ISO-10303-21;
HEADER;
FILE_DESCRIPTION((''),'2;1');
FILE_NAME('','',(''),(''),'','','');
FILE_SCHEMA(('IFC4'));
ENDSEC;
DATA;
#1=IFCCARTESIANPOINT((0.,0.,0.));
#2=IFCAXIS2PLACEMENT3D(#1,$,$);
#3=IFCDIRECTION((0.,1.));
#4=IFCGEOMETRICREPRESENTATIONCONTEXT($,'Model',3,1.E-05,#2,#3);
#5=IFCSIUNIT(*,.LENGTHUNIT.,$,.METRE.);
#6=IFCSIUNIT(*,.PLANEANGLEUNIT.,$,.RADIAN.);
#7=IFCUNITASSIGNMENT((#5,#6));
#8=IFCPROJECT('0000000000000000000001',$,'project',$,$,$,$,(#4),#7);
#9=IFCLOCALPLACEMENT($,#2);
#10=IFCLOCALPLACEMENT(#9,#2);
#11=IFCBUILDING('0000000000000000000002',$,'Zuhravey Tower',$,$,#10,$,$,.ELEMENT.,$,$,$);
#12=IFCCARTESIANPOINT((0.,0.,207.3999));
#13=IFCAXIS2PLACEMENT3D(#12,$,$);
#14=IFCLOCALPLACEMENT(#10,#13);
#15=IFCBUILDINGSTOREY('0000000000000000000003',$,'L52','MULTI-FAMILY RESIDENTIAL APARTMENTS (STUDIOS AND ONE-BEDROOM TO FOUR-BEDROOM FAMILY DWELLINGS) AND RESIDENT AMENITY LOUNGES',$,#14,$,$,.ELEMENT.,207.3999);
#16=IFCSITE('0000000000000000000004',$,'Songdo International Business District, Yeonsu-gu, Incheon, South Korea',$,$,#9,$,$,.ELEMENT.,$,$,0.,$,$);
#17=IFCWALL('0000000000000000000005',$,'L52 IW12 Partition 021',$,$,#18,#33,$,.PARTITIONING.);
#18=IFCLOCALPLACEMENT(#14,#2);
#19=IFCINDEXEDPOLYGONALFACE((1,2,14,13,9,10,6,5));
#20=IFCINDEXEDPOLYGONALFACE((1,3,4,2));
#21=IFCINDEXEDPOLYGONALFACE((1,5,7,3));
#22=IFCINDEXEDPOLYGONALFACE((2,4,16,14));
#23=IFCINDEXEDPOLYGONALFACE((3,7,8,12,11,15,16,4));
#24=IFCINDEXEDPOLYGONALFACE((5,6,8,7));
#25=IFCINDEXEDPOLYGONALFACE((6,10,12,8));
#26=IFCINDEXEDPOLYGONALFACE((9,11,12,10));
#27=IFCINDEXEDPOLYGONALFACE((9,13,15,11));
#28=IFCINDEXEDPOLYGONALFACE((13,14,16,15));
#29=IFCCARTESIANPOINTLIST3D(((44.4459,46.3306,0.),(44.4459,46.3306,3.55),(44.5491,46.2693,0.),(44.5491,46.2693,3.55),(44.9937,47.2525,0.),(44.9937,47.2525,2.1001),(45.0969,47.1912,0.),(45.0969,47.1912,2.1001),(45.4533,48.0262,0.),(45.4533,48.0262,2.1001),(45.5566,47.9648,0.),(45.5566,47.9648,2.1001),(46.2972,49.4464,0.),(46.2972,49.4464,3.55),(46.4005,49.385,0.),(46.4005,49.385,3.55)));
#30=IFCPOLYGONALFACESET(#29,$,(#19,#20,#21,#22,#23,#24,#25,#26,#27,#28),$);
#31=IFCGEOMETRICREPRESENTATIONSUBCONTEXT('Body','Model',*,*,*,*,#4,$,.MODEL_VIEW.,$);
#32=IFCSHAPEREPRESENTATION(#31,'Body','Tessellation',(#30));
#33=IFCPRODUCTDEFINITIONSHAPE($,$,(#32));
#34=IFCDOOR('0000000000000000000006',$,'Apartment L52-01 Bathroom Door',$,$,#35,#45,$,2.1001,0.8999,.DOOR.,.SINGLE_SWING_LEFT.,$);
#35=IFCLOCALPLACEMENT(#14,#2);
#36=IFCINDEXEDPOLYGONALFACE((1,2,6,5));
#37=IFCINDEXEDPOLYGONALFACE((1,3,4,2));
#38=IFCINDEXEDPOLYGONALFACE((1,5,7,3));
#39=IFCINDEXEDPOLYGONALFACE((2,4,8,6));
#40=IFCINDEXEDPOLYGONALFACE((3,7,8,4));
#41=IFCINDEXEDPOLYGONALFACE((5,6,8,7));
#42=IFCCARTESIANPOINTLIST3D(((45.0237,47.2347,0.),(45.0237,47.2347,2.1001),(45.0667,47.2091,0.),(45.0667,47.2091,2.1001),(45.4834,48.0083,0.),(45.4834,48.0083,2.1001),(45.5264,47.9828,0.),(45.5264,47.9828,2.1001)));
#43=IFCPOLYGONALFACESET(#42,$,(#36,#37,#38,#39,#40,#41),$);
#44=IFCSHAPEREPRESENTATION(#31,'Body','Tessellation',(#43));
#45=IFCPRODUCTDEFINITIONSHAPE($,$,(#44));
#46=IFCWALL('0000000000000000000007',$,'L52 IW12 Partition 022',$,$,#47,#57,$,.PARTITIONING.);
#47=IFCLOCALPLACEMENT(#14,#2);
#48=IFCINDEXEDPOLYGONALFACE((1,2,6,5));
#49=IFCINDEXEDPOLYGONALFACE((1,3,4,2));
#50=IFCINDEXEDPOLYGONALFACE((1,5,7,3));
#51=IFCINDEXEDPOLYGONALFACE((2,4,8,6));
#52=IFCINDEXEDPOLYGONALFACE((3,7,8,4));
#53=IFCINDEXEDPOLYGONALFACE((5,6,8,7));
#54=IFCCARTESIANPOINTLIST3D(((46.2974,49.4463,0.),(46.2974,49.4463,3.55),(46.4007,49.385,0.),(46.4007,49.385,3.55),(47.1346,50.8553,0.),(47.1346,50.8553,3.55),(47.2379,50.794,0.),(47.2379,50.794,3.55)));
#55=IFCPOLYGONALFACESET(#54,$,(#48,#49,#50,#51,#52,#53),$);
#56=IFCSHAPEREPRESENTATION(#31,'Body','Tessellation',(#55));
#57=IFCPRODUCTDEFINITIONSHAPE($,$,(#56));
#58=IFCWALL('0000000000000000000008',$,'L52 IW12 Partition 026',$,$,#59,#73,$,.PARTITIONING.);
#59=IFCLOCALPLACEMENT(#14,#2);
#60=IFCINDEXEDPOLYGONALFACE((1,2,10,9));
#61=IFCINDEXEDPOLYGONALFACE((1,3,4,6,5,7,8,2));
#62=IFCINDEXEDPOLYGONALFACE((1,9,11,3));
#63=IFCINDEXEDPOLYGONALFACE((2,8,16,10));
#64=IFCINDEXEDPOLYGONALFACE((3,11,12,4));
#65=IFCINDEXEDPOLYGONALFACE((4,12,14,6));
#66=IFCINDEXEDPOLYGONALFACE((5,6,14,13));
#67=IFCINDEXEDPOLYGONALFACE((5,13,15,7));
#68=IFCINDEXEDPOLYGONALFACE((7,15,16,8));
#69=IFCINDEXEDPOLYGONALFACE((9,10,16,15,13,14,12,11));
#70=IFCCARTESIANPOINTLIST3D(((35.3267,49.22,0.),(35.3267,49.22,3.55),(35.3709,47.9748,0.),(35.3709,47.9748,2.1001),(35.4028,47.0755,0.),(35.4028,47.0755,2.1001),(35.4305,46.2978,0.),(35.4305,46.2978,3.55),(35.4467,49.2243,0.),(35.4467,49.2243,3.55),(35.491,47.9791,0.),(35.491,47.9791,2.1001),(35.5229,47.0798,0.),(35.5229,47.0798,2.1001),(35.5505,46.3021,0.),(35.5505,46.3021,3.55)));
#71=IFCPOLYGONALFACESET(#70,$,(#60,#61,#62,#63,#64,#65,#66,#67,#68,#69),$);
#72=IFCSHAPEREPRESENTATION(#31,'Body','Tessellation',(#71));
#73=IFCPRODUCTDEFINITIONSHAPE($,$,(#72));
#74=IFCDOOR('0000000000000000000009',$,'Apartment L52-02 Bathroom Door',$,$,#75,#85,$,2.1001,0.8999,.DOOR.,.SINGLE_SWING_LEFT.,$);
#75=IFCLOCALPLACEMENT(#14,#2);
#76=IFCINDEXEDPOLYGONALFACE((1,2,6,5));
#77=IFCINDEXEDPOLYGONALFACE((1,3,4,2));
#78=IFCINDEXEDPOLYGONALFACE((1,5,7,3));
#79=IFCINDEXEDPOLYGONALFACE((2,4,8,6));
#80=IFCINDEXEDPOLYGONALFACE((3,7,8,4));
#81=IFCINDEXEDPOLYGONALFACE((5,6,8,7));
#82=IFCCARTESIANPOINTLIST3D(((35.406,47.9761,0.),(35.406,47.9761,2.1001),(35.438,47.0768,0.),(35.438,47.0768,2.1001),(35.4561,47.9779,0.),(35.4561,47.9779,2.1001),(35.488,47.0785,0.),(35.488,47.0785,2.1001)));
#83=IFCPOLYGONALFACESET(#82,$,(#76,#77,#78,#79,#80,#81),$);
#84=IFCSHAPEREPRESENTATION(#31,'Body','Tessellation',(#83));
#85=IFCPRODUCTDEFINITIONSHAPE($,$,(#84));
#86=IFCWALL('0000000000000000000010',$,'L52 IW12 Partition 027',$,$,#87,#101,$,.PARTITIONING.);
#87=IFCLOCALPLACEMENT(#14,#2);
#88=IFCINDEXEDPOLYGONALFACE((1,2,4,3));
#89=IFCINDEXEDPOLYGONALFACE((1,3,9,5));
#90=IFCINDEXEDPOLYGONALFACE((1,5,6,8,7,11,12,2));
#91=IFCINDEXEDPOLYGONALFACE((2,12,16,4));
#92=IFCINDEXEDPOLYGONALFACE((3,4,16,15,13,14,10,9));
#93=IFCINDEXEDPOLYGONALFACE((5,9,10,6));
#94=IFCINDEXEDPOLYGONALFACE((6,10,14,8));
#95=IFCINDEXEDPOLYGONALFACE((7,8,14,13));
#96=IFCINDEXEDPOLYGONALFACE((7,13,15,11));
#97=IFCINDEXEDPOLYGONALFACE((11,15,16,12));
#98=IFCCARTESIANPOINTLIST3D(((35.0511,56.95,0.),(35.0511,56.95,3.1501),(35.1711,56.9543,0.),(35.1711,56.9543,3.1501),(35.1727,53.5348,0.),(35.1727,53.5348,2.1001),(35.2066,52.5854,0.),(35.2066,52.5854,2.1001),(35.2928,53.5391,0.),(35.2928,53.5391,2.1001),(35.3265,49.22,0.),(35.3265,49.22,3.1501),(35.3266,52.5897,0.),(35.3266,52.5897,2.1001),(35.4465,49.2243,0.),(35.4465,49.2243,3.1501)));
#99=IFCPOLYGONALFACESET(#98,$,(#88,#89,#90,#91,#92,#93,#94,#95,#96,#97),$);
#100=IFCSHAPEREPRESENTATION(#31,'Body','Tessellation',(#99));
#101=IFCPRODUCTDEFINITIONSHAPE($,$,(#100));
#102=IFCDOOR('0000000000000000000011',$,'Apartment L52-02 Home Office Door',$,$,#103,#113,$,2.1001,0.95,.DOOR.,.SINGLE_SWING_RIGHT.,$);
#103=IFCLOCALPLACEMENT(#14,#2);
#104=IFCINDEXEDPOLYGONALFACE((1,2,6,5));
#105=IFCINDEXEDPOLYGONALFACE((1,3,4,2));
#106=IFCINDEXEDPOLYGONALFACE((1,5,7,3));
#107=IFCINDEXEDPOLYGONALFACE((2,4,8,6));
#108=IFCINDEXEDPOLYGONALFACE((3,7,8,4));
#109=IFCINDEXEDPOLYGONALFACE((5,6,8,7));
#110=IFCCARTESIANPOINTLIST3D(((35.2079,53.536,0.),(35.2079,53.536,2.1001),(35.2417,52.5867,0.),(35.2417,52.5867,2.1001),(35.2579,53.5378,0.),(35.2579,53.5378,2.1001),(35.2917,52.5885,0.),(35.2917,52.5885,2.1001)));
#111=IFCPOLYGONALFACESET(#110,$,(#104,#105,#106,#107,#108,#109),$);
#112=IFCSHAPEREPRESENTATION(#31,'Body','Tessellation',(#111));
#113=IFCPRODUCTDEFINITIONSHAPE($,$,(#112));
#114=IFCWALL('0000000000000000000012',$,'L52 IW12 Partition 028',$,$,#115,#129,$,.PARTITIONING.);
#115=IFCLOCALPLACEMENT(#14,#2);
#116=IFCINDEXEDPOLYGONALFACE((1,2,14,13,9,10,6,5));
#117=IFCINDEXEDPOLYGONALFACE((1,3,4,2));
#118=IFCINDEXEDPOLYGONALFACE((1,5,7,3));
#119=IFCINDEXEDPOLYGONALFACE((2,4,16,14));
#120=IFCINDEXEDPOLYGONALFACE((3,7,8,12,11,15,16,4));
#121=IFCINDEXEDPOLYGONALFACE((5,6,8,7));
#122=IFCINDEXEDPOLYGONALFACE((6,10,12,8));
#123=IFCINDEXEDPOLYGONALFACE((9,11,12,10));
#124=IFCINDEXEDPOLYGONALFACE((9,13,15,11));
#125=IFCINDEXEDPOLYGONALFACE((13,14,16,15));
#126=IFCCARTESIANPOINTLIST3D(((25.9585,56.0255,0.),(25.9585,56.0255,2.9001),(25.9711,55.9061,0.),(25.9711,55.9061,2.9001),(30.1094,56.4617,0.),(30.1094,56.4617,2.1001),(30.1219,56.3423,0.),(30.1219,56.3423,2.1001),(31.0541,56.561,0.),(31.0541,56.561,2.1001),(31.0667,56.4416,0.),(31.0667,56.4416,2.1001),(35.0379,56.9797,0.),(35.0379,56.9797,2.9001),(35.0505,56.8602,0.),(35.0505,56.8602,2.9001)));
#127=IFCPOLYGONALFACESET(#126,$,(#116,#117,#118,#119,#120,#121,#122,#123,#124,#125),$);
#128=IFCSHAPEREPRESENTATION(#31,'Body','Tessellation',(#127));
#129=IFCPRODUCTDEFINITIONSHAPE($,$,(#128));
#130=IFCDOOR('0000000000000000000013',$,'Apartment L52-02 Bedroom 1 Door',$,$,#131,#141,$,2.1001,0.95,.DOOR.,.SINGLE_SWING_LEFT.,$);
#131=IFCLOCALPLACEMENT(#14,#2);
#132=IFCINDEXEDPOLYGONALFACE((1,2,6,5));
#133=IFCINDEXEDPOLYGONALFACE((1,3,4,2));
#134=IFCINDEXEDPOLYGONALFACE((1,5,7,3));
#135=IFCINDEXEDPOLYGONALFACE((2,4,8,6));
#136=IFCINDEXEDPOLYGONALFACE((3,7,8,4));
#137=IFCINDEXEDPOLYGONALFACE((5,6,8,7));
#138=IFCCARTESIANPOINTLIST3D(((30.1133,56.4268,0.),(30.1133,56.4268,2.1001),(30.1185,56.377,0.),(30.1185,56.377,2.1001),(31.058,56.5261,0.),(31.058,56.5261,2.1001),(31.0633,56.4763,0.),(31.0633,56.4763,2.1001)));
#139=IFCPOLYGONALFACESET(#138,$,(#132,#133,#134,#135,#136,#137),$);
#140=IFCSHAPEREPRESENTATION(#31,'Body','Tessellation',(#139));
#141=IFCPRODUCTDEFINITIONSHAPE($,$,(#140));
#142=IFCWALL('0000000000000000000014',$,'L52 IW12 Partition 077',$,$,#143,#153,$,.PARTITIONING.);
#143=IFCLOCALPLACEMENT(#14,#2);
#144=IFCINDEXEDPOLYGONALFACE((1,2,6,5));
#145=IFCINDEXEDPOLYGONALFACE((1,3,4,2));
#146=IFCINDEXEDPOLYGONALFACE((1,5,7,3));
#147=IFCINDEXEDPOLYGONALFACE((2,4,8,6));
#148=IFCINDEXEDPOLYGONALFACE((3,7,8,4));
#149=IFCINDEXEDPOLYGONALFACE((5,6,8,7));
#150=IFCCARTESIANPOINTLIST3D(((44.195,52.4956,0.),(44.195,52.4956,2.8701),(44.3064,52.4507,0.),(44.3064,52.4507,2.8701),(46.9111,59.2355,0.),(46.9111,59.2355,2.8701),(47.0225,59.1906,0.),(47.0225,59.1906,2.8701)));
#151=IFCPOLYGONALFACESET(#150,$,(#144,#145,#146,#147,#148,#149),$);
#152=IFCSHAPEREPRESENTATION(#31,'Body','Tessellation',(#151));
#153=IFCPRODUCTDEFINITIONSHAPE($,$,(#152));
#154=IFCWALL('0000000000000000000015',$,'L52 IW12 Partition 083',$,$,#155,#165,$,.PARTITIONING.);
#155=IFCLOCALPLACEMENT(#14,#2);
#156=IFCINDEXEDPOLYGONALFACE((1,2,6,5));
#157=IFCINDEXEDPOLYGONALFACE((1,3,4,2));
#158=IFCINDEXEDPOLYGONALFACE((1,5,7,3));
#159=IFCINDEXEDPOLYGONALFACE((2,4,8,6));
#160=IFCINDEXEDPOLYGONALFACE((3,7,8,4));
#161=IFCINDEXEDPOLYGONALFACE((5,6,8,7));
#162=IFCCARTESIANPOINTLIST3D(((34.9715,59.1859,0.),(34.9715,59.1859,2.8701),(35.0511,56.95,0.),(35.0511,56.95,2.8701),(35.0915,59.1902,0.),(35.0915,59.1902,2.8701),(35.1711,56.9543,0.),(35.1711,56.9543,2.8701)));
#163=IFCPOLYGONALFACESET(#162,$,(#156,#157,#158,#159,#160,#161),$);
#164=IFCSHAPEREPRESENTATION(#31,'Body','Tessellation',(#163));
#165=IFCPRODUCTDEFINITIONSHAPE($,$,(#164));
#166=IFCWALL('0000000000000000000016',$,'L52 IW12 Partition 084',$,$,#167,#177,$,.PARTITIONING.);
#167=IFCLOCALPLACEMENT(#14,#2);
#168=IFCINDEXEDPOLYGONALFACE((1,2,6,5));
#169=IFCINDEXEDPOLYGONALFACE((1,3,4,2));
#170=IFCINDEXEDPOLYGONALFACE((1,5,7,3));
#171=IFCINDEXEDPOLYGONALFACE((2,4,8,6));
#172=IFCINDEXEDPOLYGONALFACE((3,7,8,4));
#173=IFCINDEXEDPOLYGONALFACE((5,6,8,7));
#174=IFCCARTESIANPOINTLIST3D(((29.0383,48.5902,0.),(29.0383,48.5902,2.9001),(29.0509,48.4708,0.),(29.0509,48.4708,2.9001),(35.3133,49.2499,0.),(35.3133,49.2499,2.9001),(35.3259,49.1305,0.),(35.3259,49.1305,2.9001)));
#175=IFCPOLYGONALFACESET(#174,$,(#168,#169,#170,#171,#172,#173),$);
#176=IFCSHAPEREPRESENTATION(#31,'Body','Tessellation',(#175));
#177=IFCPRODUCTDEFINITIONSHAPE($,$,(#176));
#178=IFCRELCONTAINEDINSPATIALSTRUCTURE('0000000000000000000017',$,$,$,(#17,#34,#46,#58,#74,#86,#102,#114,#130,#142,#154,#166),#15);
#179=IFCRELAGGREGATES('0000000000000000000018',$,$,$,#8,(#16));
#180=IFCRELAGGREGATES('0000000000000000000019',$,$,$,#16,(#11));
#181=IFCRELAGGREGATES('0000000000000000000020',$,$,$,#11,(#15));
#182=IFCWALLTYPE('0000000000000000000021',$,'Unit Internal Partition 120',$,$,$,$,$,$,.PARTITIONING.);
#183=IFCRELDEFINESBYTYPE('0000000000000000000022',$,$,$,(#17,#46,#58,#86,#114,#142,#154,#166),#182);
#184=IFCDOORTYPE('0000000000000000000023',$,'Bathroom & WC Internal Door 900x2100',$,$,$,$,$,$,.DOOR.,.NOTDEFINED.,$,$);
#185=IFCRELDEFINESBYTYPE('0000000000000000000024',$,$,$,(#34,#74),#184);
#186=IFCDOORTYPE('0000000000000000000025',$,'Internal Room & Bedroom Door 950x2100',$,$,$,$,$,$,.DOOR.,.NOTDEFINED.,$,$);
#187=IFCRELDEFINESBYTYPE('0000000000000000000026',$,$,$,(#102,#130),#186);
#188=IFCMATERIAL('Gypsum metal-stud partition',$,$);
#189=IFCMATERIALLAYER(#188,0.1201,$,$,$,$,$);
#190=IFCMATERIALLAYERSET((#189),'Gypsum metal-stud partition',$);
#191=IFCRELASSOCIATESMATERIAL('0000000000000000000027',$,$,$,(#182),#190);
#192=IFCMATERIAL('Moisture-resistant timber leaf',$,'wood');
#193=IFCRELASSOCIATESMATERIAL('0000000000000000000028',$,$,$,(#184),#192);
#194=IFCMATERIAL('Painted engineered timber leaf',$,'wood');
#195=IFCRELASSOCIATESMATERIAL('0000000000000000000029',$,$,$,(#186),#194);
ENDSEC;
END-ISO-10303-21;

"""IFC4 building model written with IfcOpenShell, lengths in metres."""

from ifc_helpers import new_model, si_unit, direction, frame, frame_2d, origin, place, context, subcontext, project, spatial, rectangle, extrude, material, layer, layer_set, type_object, element, fill, save


model = new_model("IFC4")

# Units and contexts
model_context = context("Model", 3, precision=1e-05, world=origin(), true_north=direction((0.0, 1.0)))
body_context = subcontext(model_context, "Body", "Model", "MODEL_VIEW")
ifc_project = project(units=[si_unit("LENGTHUNIT", "METRE"), si_unit("PLANEANGLEUNIT", "RADIAN")], contexts=[model_context])

# Site, building, storey
site_placement = place(None, origin())
site = spatial("IfcSite", under=ifc_project, at=site_placement, Name="Songdo International Business District, Yeonsu-gu, Incheon, South Korea", CompositionType="ELEMENT", RefElevation=0.0)
building_placement = place(site_placement, origin())
building = spatial("IfcBuilding", under=site, at=building_placement, Name="Zuhravey Tower", CompositionType="ELEMENT")
storey_placement = place(building_placement, frame((0.0, 0.0, 207.3999)))
storey = spatial("IfcBuildingStorey", under=building, at=storey_placement, Name="L52", Description="MULTI-FAMILY RESIDENTIAL APARTMENTS (STUDIOS AND ONE-BEDROOM TO FOUR-BEDROOM FAMILY DWELLINGS) AND RESIDENT AMENITY LOUNGES", CompositionType="ELEMENT", Elevation=207.3999)

# Wall, opening, door
ifc_material_1 = material(Name="Gypsum metal-stud partition")
ifc_layer_1 = layer(ifc_material_1, 0.1201)
ifc_layer_set_1 = layer_set([ifc_layer_1], Name="Gypsum metal-stud partition")
wall_type = type_object("IfcWallType", Name="Unit Internal Partition 120", PredefinedType="PARTITIONING", material=ifc_layer_set_1)
wall_1_placement = place(storey_placement, frame((44.4976, 46.3, 0.0), z_axis=(0.0, 0.0, 1.0), x_axis=(0.510816, 0.85969, 0.0)))
wall_1 = element("IfcWall", 1, at=wall_1_placement, inside=storey, type_object=wall_type, Name="L52 IW12 Partition 021", PredefinedType="PARTITIONING", context=body_context, shape_type="SweptSolid", body=[
    extrude(rectangle(XDim=3.6243, YDim=0.1201, at=frame_2d((1.812, 0.0))), origin(), (0.0, 0.0, 1.0), 3.55),
])
opening_1_placement = place(wall_1_placement, frame((1.0723, 0.0, 0.0)))
opening_1 = element("IfcOpeningElement", 2, at=opening_1_placement, cuts=wall_1, PredefinedType="OPENING", context=body_context, shape_type="SweptSolid", body=[
    extrude(rectangle(XDim=0.8999, YDim=2.1001, at=frame_2d((0.45, 1.05))), frame((0.0, 0.072, 0.0), z_axis=(0.0, -1.0, 0.0), x_axis=(1.0, 0.0, 0.0)), (0.0, 0.0, 1.0), 0.144),
])
ifc_material_2 = material(Name="Moisture-resistant timber leaf", Category="wood")
door_type_1 = type_object("IfcDoorType", Name="Bathroom & WC Internal Door 900x2100", OperationType="NOTDEFINED", PredefinedType="DOOR", material=ifc_material_2)
door_1_placement = place(opening_1_placement, frame((0.8999, 0.0, 0.0), z_axis=(0.0, 0.0, 1.0), x_axis=(-1.0, 0.0, 0.0)))
door_1 = element("IfcDoor", 3, at=door_1_placement, inside=storey, type_object=door_type_1, Name="Apartment L52-01 Bathroom Door", OperationType="SINGLE_SWING_LEFT", OverallHeight=2.1001, OverallWidth=0.8999, PredefinedType="DOOR", context=body_context, shape_type="SweptSolid", body=[
    extrude(rectangle(XDim=0.8999, YDim=2.1001, at=frame_2d((0.45, 1.05))), frame((0.0, 0.0249, 0.0), z_axis=(0.0, -1.0, 0.0), x_axis=(1.0, 0.0, 0.0)), (0.0, 0.0, 1.0), 0.05),
])
fill(opening_1, door_1)

# Wall
wall_2_placement = place(storey_placement, frame((46.3491, 49.4158, 0.0), z_axis=(0.0, 0.0, 1.0), x_axis=(0.510811, 0.859693, 0.0)))
element("IfcWall", 4, at=wall_2_placement, inside=storey, type_object=wall_type, Name="L52 IW12 Partition 022", PredefinedType="PARTITIONING", context=body_context, shape_type="SweptSolid", body=[
    extrude(rectangle(XDim=1.6389, YDim=0.1201, at=frame_2d((0.8193, 0.0))), origin(), (0.0, 0.0, 1.0), 3.55),
])

# Walls, openings, doors
wall_3_placement = place(storey_placement, frame((35.4905, 46.3, 0.0), z_axis=(0.0, 0.0, 1.0), x_axis=(-0.035486, 0.99937, 0.0)))
wall_3 = element("IfcWall", 5, at=wall_3_placement, inside=storey, type_object=wall_type, Name="L52 IW12 Partition 026", PredefinedType="PARTITIONING", context=body_context, shape_type="SweptSolid", body=[
    extrude(rectangle(XDim=2.9241, YDim=0.1201, at=frame_2d((1.4619, 0.0))), origin(), (0.0, 0.0, 1.0), 3.55),
])
opening_2_placement = place(wall_3_placement, frame((0.7781, 0.0, 0.0)))
opening_2 = element("IfcOpeningElement", 6, at=opening_2_placement, cuts=wall_3, PredefinedType="OPENING", context=body_context, shape_type="SweptSolid", body=[
    extrude(rectangle(XDim=0.8999, YDim=2.1001, at=frame_2d((0.45, 1.05))), frame((0.0, 0.072, 0.0), z_axis=(0.0, -1.0, 0.0), x_axis=(1.0, 0.0, 0.0)), (0.0, 0.0, 1.0), 0.144),
])
door_2_placement = place(opening_2_placement, origin())
door_2 = element("IfcDoor", 7, at=door_2_placement, inside=storey, type_object=door_type_1, Name="Apartment L52-02 Bathroom Door", OperationType="SINGLE_SWING_LEFT", OverallHeight=2.1001, OverallWidth=0.8999, PredefinedType="DOOR", context=body_context, shape_type="SweptSolid", body=[
    extrude(rectangle(XDim=0.8999, YDim=2.1001, at=frame_2d((0.45, 1.05))), frame((0.0, 0.0249, 0.0), z_axis=(0.0, -1.0, 0.0), x_axis=(1.0, 0.0, 0.0)), (0.0, 0.0, 1.0), 0.05),
])
fill(opening_2, door_2)
wall_4_placement = place(storey_placement, frame((35.3865, 49.2222, 0.0), z_axis=(0.0, 0.0, 1.0), x_axis=(-0.035604, 0.999366, 0.0)))
wall_4 = element("IfcWall", 8, at=wall_4_placement, inside=storey, type_object=wall_type, Name="L52 IW12 Partition 027", PredefinedType="PARTITIONING", context=body_context, shape_type="SweptSolid", body=[
    extrude(rectangle(XDim=7.7349, YDim=0.1201, at=frame_2d((3.8674, 0.0))), origin(), (0.0, 0.0, 1.0), 3.1501),
])
opening_3_placement = place(wall_4_placement, frame((3.3674, 0.0, 0.0)))
opening_3 = element("IfcOpeningElement", 9, at=opening_3_placement, cuts=wall_4, PredefinedType="OPENING", context=body_context, shape_type="SweptSolid", body=[
    extrude(rectangle(XDim=0.95, YDim=2.1001, at=frame_2d((0.4751, 1.05))), frame((0.0, 0.072, 0.0), z_axis=(0.0, -1.0, 0.0), x_axis=(1.0, 0.0, 0.0)), (0.0, 0.0, 1.0), 0.144),
])
ifc_material_3 = material(Name="Painted engineered timber leaf", Category="wood")
door_type_2 = type_object("IfcDoorType", Name="Internal Room & Bedroom Door 950x2100", OperationType="NOTDEFINED", PredefinedType="DOOR", material=ifc_material_3)
door_3_placement = place(opening_3_placement, origin())
door_3 = element("IfcDoor", 10, at=door_3_placement, inside=storey, type_object=door_type_2, Name="Apartment L52-02 Home Office Door", OperationType="SINGLE_SWING_RIGHT", OverallHeight=2.1001, OverallWidth=0.95, PredefinedType="DOOR", context=body_context, shape_type="SweptSolid", body=[
    extrude(rectangle(XDim=0.95, YDim=2.1001, at=frame_2d((0.4751, 1.05))), frame((0.0, 0.0249, 0.0), z_axis=(0.0, -1.0, 0.0), x_axis=(1.0, 0.0, 0.0)), (0.0, 0.0, 1.0), 0.05),
])
fill(opening_3, door_3)
wall_5_placement = place(storey_placement, frame((35.0442, 56.9199, 0.0), z_axis=(0.0, 0.0, 1.0), x_axis=(-0.994524, -0.104509, 0.0)))
wall_5 = element("IfcWall", 11, at=wall_5_placement, inside=storey, type_object=wall_type, Name="L52 IW12 Partition 028", PredefinedType="PARTITIONING", context=body_context, shape_type="SweptSolid", body=[
    extrude(rectangle(XDim=9.1294, YDim=0.1201, at=frame_2d((4.5647, 0.0))), origin(), (0.0, 0.0, 1.0), 2.9001),
])
opening_4_placement = place(wall_5_placement, frame((4.0056, 0.0, 0.0)))
opening_4 = element("IfcOpeningElement", 12, at=opening_4_placement, cuts=wall_5, PredefinedType="OPENING", context=body_context, shape_type="SweptSolid", body=[
    extrude(rectangle(XDim=0.95, YDim=2.1001, at=frame_2d((0.4751, 1.05))), frame((0.0, 0.072, 0.0), z_axis=(0.0, -1.0, 0.0), x_axis=(1.0, 0.0, 0.0)), (0.0, 0.0, 1.0), 0.144),
])
door_4_placement = place(opening_4_placement, frame((0.95, 0.0, 0.0), z_axis=(0.0, 0.0, 1.0), x_axis=(-1.0, 0.0, 0.0)))
door_4 = element("IfcDoor", 13, at=door_4_placement, inside=storey, type_object=door_type_2, Name="Apartment L52-02 Bedroom 1 Door", OperationType="SINGLE_SWING_LEFT", OverallHeight=2.1001, OverallWidth=0.95, PredefinedType="DOOR", context=body_context, shape_type="SweptSolid", body=[
    extrude(rectangle(XDim=0.95, YDim=2.1001, at=frame_2d((0.4751, 1.05))), frame((0.0, 0.0249, 0.0), z_axis=(0.0, -1.0, 0.0), x_axis=(1.0, 0.0, 0.0)), (0.0, 0.0, 1.0), 0.05),
])
fill(opening_4, door_4)

# Walls
wall_6_placement = place(storey_placement, frame((44.2507, 52.4731, 0.0), z_axis=(0.0, 0.0, 1.0), x_axis=(0.37377, 0.927521, 0.0)))
element("IfcWall", 14, at=wall_6_placement, inside=storey, type_object=wall_type, Name="L52 IW12 Partition 077", PredefinedType="PARTITIONING", context=body_context, shape_type="SweptSolid", body=[
    extrude(rectangle(XDim=7.2666, YDim=0.1201, at=frame_2d((3.6333, 0.0))), origin(), (0.0, 0.0, 1.0), 2.8701),
])
wall_7_placement = place(storey_placement, frame((35.1111, 56.9521, 0.0), z_axis=(0.0, 0.0, 1.0), x_axis=(-0.035575, 0.999367, 0.0)))
element("IfcWall", 15, at=wall_7_placement, inside=storey, type_object=wall_type, Name="L52 IW12 Partition 083", PredefinedType="PARTITIONING", context=body_context, shape_type="SweptSolid", body=[
    extrude(rectangle(XDim=2.2373, YDim=0.1201, at=frame_2d((1.1187, 0.0))), origin(), (0.0, 0.0, 1.0), 2.8701),
])
wall_8_placement = place(storey_placement, frame((35.3196, 49.1902, 0.0), z_axis=(0.0, 0.0, 1.0), x_axis=(-0.994519, -0.104552, 0.0)))
element("IfcWall", 16, at=wall_8_placement, inside=storey, type_object=wall_type, Name="L52 IW12 Partition 084", PredefinedType="PARTITIONING", context=body_context, shape_type="SweptSolid", body=[
    extrude(rectangle(XDim=6.3096, YDim=0.1201, at=frame_2d((3.1548, 0.0))), origin(), (0.0, 0.0, 1.0), 2.9001),
])

save(model, "model.ifc")
